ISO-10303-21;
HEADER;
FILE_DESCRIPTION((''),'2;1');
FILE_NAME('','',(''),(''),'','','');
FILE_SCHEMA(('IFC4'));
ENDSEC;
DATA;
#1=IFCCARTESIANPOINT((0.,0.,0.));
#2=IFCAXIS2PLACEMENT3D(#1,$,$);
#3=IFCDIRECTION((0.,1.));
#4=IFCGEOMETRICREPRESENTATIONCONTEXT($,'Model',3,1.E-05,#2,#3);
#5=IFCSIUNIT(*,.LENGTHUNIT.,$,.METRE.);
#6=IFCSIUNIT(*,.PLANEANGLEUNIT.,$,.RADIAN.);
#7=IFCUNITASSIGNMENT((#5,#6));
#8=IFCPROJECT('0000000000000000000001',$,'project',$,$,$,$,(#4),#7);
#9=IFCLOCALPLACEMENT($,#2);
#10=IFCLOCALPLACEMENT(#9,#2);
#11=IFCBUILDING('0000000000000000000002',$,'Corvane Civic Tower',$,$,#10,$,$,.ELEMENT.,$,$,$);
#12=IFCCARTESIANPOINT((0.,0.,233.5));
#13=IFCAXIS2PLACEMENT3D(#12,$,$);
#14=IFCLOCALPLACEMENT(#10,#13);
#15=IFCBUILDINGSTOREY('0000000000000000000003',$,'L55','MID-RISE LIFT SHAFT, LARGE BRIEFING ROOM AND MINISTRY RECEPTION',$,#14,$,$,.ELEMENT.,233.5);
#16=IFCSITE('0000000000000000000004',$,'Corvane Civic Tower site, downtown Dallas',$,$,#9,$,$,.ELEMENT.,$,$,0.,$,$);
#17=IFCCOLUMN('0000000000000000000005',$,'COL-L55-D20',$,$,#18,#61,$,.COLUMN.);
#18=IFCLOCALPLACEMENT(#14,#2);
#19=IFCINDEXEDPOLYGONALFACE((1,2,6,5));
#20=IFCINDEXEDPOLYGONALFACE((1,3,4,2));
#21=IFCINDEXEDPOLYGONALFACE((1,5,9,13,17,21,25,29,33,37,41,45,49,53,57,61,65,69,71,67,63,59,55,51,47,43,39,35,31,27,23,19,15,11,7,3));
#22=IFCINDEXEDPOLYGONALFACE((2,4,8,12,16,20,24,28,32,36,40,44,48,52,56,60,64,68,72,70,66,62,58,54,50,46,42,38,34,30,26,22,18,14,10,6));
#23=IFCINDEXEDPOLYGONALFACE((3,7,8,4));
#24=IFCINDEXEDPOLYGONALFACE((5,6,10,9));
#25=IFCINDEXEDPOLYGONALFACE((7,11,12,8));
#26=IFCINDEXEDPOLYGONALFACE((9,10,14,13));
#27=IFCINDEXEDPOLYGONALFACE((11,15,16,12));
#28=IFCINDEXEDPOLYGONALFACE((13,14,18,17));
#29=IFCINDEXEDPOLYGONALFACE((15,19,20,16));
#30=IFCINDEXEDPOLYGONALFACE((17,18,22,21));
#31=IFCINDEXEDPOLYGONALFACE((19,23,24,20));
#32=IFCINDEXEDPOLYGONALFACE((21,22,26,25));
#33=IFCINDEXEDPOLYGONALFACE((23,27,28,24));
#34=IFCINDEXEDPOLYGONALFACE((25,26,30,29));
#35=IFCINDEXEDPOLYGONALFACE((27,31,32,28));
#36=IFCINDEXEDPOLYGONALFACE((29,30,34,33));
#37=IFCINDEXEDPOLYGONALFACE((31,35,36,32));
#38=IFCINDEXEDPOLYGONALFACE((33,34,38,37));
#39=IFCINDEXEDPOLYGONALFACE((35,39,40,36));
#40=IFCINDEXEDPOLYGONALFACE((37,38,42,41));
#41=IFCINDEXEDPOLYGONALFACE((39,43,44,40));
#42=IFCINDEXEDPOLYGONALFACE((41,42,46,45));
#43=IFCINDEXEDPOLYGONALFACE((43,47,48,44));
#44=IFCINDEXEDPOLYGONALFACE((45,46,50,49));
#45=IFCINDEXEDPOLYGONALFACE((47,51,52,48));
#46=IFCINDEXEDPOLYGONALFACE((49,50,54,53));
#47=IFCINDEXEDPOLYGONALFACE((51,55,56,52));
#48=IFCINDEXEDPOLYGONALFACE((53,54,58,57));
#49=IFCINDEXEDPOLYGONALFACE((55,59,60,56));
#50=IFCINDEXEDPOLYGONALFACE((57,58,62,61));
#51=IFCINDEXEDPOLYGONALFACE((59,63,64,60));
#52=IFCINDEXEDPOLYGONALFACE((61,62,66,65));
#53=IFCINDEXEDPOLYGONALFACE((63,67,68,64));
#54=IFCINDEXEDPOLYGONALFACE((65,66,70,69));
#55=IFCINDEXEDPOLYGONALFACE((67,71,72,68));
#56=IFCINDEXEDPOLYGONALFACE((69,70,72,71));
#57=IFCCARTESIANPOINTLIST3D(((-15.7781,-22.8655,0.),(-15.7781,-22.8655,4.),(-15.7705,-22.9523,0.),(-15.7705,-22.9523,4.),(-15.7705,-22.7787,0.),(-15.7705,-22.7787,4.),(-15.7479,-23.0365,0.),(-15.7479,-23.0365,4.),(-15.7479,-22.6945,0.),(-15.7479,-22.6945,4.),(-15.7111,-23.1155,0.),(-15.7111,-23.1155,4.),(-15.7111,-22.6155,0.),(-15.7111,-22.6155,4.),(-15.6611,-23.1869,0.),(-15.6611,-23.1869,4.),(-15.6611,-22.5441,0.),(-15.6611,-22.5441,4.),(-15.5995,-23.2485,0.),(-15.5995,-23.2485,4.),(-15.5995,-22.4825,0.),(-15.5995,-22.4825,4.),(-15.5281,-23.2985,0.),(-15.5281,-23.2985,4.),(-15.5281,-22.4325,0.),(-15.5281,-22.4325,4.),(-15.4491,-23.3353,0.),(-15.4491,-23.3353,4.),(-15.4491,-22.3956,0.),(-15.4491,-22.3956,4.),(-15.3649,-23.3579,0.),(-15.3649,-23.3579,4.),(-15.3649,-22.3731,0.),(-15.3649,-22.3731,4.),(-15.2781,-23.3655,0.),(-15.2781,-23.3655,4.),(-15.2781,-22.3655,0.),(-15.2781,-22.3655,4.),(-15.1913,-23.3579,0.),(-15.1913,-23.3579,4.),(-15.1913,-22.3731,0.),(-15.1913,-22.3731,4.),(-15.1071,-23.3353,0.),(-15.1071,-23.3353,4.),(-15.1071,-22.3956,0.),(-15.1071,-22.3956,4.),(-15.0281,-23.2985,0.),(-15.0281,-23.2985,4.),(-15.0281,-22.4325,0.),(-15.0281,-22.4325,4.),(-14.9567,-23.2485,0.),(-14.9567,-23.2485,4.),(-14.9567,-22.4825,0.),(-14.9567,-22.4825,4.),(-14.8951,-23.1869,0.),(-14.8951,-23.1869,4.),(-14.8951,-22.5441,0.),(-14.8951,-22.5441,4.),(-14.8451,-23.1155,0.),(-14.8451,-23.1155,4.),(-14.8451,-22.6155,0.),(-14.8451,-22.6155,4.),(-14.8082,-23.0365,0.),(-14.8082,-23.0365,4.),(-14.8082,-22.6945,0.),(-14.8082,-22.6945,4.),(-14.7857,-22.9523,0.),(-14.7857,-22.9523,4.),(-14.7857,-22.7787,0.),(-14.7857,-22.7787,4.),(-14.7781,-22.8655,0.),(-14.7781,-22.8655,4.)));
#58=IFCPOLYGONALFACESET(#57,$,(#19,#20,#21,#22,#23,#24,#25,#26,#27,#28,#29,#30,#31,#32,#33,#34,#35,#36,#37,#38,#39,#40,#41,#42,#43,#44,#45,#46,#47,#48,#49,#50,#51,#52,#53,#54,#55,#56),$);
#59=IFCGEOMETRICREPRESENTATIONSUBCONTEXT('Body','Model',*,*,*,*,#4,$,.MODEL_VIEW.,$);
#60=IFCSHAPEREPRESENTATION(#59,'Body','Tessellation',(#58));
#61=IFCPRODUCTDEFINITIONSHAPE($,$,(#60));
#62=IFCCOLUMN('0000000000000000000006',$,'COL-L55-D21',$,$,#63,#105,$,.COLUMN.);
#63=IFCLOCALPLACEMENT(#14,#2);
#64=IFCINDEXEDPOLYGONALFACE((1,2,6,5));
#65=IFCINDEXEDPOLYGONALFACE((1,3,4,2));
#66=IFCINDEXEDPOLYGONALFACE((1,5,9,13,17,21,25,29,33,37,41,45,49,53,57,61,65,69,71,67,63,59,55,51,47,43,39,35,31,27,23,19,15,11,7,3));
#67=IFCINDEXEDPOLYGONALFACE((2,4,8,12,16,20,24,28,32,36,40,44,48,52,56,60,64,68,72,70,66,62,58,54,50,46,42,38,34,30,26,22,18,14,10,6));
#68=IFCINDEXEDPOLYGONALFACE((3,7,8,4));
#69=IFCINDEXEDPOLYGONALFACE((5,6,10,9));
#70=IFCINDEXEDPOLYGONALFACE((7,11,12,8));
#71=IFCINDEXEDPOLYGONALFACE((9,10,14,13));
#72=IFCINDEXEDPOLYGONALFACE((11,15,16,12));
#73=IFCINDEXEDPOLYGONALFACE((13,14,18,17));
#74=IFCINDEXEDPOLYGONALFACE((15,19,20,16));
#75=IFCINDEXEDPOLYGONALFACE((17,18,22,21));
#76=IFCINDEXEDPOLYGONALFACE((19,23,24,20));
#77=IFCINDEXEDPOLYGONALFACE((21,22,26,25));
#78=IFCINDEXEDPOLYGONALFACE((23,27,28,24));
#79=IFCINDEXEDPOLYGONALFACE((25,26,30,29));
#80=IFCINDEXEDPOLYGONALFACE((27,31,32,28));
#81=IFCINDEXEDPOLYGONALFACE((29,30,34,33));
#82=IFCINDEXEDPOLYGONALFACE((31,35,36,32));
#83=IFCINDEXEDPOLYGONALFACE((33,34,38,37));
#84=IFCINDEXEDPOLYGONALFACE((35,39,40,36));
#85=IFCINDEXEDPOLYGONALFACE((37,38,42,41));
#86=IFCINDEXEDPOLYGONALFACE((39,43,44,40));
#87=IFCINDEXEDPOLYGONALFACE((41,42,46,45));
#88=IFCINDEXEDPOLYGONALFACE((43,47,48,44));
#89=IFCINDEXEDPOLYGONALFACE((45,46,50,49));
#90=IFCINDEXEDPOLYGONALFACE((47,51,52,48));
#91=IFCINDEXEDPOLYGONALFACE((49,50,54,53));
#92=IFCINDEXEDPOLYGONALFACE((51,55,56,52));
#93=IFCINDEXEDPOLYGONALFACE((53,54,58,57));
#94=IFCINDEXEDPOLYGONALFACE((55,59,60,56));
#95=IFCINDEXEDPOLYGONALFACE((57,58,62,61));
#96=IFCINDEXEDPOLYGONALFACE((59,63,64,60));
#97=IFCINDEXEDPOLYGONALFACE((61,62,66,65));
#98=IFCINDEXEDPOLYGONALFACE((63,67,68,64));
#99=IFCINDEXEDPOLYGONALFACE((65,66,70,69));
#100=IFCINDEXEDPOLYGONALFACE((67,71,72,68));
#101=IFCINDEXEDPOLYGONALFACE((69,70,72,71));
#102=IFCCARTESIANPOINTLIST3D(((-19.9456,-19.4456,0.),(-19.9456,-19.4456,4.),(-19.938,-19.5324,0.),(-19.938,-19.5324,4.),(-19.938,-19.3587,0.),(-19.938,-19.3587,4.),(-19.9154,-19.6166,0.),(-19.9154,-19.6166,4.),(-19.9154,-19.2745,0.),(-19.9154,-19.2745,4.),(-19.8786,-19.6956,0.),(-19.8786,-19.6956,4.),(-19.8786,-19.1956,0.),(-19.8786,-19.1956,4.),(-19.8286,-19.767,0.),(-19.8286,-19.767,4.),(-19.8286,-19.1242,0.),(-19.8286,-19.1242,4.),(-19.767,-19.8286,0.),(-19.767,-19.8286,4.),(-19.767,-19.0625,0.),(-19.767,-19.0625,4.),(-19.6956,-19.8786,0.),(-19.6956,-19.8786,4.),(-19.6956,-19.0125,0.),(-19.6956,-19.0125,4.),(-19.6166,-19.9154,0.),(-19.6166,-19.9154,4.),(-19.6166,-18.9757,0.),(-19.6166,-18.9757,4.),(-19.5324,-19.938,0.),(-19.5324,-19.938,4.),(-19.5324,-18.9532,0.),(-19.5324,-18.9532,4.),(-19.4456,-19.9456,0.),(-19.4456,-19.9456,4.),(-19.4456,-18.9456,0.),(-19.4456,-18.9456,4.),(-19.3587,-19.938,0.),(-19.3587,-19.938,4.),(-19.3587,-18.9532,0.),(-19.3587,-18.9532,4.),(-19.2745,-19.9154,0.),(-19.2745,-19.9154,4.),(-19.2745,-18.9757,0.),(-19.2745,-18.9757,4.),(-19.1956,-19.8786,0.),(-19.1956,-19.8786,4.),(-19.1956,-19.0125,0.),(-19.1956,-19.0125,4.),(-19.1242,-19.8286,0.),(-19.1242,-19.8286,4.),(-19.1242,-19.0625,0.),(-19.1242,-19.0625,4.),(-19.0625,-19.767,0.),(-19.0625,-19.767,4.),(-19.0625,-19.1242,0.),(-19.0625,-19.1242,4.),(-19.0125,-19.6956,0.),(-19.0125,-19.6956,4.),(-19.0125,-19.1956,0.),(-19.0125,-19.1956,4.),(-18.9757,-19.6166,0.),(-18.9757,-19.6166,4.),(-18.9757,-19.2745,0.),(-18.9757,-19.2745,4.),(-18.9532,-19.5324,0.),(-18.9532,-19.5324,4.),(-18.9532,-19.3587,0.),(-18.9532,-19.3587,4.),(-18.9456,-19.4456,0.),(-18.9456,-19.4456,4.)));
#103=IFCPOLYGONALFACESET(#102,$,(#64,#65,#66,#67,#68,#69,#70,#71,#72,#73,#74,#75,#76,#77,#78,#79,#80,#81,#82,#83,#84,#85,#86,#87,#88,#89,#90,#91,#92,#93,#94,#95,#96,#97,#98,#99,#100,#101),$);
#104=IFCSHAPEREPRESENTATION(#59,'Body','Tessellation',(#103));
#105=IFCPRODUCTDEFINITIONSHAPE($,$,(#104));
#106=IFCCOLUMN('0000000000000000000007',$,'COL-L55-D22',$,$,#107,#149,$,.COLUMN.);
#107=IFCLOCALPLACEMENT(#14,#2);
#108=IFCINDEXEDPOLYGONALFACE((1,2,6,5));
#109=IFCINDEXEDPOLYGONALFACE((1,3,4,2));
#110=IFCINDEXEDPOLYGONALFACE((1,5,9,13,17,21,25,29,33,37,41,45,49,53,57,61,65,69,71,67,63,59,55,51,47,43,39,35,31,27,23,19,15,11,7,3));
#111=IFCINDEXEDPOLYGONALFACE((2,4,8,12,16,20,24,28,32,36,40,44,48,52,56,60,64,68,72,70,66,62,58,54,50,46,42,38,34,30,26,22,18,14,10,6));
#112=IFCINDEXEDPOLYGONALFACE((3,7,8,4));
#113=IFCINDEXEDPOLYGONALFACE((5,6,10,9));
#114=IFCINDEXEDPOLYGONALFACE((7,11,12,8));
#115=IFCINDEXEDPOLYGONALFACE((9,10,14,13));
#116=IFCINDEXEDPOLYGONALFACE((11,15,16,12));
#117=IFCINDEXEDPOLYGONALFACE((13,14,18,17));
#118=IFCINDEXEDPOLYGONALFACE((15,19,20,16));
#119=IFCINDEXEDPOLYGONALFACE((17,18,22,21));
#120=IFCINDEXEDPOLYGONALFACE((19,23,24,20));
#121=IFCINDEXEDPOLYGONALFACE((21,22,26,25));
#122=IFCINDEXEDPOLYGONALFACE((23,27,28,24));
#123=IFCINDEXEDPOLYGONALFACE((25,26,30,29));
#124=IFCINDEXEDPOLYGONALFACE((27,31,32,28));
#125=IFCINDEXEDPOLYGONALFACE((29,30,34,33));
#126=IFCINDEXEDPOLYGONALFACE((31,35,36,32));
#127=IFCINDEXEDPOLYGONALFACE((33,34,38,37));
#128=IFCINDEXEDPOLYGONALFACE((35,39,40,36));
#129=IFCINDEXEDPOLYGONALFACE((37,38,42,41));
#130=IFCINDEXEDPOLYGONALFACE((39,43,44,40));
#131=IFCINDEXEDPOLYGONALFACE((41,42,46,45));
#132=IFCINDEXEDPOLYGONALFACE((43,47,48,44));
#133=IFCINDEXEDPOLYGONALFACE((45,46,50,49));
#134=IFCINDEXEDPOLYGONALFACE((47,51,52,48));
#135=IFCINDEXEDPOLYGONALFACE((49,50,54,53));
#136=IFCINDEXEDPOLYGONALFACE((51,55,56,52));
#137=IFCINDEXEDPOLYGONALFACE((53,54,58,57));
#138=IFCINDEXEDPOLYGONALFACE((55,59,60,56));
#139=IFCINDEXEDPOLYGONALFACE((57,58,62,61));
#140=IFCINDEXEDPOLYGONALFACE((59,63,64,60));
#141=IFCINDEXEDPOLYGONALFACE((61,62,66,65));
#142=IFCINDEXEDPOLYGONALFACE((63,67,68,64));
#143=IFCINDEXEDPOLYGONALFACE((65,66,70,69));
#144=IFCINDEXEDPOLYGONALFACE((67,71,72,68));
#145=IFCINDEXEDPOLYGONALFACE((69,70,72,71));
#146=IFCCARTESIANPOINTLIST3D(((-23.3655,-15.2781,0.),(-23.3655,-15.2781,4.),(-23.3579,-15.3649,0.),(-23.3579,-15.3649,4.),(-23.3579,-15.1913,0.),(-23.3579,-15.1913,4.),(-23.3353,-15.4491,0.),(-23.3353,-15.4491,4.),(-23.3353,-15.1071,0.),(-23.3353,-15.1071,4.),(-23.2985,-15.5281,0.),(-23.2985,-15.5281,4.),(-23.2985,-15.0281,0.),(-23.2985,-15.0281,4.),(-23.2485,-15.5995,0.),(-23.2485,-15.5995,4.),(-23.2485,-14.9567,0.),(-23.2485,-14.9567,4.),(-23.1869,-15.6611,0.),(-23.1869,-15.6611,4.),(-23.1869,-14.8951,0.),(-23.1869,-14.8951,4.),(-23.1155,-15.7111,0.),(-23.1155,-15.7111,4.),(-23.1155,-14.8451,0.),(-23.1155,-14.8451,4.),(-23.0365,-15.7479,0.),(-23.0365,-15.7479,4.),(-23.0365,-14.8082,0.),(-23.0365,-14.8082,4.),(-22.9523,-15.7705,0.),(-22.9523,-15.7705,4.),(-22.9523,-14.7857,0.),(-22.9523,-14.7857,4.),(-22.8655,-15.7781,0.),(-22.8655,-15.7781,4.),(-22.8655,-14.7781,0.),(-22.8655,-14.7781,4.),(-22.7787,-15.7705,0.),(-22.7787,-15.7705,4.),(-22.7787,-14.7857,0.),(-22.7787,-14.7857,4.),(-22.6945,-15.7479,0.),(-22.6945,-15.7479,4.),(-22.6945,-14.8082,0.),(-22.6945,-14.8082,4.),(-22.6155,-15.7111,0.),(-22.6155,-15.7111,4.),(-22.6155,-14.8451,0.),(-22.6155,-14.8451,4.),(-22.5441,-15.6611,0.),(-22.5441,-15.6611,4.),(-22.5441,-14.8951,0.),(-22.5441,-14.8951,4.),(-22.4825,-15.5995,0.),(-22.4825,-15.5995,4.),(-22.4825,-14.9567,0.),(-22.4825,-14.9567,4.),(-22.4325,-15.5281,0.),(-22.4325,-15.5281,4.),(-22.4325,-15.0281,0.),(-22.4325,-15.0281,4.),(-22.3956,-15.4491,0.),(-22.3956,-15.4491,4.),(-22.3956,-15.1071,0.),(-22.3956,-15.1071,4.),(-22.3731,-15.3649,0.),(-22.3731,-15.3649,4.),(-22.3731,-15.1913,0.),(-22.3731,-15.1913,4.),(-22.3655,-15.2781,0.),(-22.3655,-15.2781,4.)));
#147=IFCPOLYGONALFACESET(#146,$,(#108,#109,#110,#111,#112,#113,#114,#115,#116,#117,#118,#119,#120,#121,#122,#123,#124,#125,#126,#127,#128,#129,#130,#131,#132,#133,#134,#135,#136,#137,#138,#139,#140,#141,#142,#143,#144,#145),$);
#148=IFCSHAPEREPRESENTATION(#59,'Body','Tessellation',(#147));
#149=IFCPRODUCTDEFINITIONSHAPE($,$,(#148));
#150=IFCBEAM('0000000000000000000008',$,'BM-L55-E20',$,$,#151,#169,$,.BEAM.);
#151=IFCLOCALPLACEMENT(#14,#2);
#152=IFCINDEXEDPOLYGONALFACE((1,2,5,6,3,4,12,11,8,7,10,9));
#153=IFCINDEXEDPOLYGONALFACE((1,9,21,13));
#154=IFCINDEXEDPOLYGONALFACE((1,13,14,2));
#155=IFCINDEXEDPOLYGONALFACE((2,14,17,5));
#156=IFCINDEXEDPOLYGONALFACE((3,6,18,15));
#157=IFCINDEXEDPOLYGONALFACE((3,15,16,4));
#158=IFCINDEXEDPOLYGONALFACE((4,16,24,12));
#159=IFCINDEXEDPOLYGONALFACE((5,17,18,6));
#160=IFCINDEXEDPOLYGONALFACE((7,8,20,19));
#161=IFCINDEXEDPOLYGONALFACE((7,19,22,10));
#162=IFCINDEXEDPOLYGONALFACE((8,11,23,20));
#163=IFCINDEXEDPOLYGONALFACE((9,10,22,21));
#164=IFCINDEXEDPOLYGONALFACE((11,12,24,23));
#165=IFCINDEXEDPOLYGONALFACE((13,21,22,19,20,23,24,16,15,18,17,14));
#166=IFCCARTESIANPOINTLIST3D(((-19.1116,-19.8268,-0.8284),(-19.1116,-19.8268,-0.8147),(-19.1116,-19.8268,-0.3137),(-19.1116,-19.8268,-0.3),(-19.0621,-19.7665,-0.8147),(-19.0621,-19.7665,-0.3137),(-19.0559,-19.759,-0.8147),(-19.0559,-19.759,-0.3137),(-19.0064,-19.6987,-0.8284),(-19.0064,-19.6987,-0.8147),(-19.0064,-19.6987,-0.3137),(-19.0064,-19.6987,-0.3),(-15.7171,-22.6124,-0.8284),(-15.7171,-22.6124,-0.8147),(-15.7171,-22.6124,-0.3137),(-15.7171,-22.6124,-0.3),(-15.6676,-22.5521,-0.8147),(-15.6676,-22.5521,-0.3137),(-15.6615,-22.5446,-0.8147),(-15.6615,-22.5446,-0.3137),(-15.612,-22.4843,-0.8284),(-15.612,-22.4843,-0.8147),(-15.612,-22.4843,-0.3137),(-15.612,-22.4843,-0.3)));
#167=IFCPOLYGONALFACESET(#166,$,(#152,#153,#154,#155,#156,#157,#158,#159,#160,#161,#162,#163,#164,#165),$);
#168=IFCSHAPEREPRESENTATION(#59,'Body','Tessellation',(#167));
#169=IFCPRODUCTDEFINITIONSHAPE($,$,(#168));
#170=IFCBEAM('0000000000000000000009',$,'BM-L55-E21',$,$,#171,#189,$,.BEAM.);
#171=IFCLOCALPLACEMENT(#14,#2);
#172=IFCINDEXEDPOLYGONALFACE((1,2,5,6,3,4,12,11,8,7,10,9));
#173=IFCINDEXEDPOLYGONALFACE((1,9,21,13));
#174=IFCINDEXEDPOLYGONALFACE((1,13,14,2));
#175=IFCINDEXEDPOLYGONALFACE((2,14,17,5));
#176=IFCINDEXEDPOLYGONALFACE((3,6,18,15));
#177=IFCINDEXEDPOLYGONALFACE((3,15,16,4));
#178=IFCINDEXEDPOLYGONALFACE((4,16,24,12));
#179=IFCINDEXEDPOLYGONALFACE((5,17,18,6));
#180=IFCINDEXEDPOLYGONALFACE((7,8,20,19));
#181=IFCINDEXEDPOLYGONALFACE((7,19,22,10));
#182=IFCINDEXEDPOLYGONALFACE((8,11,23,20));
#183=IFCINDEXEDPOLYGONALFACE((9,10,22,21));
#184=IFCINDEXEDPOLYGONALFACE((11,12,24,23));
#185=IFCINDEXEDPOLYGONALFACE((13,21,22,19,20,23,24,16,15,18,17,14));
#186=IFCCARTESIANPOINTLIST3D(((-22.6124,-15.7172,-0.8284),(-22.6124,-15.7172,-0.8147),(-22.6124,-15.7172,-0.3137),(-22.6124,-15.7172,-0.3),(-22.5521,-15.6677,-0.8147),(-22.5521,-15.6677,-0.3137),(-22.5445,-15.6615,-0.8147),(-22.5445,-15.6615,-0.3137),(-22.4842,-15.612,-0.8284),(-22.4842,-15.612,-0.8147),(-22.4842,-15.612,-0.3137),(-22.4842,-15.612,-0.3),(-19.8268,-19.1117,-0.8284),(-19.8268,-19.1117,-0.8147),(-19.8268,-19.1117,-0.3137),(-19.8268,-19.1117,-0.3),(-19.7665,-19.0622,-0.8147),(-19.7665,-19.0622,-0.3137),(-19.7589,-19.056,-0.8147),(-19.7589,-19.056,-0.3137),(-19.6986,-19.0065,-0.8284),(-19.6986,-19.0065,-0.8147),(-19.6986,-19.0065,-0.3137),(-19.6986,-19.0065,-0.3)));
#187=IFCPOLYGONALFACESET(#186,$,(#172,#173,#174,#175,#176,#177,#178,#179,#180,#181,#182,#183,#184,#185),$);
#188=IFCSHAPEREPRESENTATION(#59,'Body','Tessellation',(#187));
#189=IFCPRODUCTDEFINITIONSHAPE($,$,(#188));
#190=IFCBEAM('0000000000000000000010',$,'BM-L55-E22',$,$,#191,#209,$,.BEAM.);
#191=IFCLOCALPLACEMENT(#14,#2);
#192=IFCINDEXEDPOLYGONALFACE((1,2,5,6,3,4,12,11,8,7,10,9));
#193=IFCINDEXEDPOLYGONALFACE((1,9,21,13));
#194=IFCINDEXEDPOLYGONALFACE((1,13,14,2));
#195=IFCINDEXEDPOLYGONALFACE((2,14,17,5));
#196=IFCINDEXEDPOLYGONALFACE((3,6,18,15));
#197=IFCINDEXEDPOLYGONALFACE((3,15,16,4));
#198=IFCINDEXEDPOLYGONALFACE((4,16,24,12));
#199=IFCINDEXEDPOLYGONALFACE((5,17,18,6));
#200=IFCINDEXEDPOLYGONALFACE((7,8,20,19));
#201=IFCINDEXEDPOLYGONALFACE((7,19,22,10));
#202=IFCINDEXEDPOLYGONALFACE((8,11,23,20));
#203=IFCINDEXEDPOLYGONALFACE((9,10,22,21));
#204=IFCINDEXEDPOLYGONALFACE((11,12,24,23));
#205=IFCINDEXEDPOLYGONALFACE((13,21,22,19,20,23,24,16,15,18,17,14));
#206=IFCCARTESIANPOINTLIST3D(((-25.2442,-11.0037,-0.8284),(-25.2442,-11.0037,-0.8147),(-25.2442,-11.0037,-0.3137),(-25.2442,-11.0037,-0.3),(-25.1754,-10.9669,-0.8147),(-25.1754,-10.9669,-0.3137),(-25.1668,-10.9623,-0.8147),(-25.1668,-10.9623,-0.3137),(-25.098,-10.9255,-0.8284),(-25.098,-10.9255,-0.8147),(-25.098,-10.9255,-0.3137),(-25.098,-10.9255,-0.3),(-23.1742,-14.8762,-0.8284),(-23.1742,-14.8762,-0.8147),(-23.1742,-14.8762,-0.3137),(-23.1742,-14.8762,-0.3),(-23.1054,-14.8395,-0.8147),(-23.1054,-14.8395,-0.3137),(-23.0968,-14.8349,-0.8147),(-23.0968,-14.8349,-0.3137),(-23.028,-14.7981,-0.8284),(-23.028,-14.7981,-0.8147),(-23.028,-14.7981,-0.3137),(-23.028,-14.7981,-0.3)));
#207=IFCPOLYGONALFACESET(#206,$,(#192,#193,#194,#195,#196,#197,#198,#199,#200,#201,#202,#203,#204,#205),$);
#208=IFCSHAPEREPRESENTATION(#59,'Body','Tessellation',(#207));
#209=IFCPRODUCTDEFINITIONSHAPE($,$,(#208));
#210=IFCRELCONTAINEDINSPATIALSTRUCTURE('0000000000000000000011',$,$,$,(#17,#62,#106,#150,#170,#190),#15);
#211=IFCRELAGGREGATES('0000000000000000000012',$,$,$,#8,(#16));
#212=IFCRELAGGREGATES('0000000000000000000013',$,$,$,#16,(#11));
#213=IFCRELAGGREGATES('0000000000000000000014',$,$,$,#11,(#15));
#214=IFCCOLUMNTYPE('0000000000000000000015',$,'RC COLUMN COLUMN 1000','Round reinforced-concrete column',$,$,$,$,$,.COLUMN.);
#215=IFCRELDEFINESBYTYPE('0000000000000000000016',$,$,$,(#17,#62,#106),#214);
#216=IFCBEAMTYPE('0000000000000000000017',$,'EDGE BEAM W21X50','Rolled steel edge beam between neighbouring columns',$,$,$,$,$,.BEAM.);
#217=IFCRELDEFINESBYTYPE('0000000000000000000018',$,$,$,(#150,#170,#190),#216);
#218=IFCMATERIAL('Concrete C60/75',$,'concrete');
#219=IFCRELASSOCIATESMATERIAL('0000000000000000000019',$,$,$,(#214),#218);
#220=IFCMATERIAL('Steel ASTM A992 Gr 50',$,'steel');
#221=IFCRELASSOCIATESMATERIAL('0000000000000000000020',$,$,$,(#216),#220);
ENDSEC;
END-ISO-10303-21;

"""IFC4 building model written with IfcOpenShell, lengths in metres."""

from ifc_helpers import new_model, si_unit, direction, frame, origin, origin_2d, place, context, subcontext, project, spatial, circle, i_section, extrude, material, material_profile, profile_set, type_object, element, save


model = new_model("IFC4")

# Units and contexts
model_context = context("Model", 3, precision=1e-05, world=origin(), true_north=direction((0.0, 1.0)))
body_context = subcontext(model_context, "Body", "Model", "MODEL_VIEW")
ifc_project = project(units=[si_unit("LENGTHUNIT", "METRE"), si_unit("PLANEANGLEUNIT", "RADIAN")], contexts=[model_context])

# Site, building, storey
site_placement = place(None, origin())
site = spatial("IfcSite", under=ifc_project, at=site_placement, Name="Corvane Civic Tower site, downtown Dallas", CompositionType="ELEMENT", RefElevation=0.0)
building_placement = place(site_placement, origin())
building = spatial("IfcBuilding", under=site, at=building_placement, Name="Corvane Civic Tower", CompositionType="ELEMENT")
storey_placement = place(building_placement, frame((0.0, 0.0, 233.5)))
storey = spatial("IfcBuildingStorey", under=building, at=storey_placement, Name="L55", Description="MID-RISE LIFT SHAFT, LARGE BRIEFING ROOM AND MINISTRY RECEPTION", CompositionType="ELEMENT", Elevation=233.5)

# Columns
ifc_material_1 = material(Name="Concrete C60/75", Category="concrete")
ifc_material_profile_1 = material_profile(ifc_material_1, circle(Radius=0.5, at=origin_2d()), Name="COLUMN 1000")
ifc_profile_set_1 = profile_set([ifc_material_profile_1], Name="Concrete C60/75")
column_type = type_object("IfcColumnType", Name="RC COLUMN COLUMN 1000", Description="Round reinforced-concrete column", PredefinedType="COLUMN", material=ifc_profile_set_1)
for number, where, z_axis, x_axis, name in (
    (1, (-15.2781, -22.8655, 0.0), (0.0, 0.0, 1.0), (1.0, 0.0, 0.0), "COL-L55-D20"),
    (2, (-19.4456, -19.4456, 0.0), (0.0, 0.0, 1.0), (1.0, 0.0, 0.0), "COL-L55-D21"),
    (3, (-22.8655, -15.2781, 0.0), (0.0, 0.0, 1.0), (1.0, 0.0, 0.0), "COL-L55-D22"),
):
    element("IfcColumn", number, at=place(storey_placement, frame(where, z_axis=z_axis, x_axis=x_axis)), inside=storey, type_object=column_type, Name=name, PredefinedType="COLUMN", context=body_context, shape_type="SweptSolid", body=[
        extrude(circle(Radius=0.5, at=origin_2d()), origin(), (0.0, 0.0, 1.0), 4.0),
    ])

# Beams
ifc_material_2 = material(Name="Steel ASTM A992 Gr 50", Category="steel")
ifc_material_profile_2 = material_profile(ifc_material_2, i_section(OverallWidth=0.1658, OverallDepth=0.5283, WebThickness=0.0098, FlangeThickness=0.0137, at=origin_2d()), Name="W21X50")
ifc_profile_set_2 = profile_set([ifc_material_profile_2], Name="Steel ASTM A992 Gr 50")
beam_type = type_object("IfcBeamType", Name="EDGE BEAM W21X50", Description="Rolled steel edge beam between neighbouring columns", PredefinedType="BEAM", material=ifc_profile_set_2)
for number, where, z_axis, x_axis, name in (
    (4, (-15.6646, -22.5483, -0.5642), (-0.77303, 0.634369, 0.0), (-0.634369, -0.77303, 0.0), "BM-L55-E20"),
    (5, (-19.7627, -19.0591, -0.5642), (-0.634369, 0.77303, 0.0), (-0.77303, -0.634369, 0.0), "BM-L55-E21"),
    (6, (-23.1011, -14.8372, -0.5642), (-0.471422, 0.881908, 0.0), (-0.881908, -0.471422, 0.0), "BM-L55-E22"),
):
    element("IfcBeam", number, at=place(storey_placement, frame(where, z_axis=z_axis, x_axis=x_axis)), inside=storey, type_object=beam_type, Name=name, PredefinedType="BEAM", context=body_context, shape_type="SweptSolid", body=[
        extrude(i_section(OverallWidth=0.1658, OverallDepth=0.5283, WebThickness=0.0098, FlangeThickness=0.0137, at=origin_2d()), origin(), (0.0, 0.0, 1.0), 4.3911),
    ])

save(model, "model.ifc")
